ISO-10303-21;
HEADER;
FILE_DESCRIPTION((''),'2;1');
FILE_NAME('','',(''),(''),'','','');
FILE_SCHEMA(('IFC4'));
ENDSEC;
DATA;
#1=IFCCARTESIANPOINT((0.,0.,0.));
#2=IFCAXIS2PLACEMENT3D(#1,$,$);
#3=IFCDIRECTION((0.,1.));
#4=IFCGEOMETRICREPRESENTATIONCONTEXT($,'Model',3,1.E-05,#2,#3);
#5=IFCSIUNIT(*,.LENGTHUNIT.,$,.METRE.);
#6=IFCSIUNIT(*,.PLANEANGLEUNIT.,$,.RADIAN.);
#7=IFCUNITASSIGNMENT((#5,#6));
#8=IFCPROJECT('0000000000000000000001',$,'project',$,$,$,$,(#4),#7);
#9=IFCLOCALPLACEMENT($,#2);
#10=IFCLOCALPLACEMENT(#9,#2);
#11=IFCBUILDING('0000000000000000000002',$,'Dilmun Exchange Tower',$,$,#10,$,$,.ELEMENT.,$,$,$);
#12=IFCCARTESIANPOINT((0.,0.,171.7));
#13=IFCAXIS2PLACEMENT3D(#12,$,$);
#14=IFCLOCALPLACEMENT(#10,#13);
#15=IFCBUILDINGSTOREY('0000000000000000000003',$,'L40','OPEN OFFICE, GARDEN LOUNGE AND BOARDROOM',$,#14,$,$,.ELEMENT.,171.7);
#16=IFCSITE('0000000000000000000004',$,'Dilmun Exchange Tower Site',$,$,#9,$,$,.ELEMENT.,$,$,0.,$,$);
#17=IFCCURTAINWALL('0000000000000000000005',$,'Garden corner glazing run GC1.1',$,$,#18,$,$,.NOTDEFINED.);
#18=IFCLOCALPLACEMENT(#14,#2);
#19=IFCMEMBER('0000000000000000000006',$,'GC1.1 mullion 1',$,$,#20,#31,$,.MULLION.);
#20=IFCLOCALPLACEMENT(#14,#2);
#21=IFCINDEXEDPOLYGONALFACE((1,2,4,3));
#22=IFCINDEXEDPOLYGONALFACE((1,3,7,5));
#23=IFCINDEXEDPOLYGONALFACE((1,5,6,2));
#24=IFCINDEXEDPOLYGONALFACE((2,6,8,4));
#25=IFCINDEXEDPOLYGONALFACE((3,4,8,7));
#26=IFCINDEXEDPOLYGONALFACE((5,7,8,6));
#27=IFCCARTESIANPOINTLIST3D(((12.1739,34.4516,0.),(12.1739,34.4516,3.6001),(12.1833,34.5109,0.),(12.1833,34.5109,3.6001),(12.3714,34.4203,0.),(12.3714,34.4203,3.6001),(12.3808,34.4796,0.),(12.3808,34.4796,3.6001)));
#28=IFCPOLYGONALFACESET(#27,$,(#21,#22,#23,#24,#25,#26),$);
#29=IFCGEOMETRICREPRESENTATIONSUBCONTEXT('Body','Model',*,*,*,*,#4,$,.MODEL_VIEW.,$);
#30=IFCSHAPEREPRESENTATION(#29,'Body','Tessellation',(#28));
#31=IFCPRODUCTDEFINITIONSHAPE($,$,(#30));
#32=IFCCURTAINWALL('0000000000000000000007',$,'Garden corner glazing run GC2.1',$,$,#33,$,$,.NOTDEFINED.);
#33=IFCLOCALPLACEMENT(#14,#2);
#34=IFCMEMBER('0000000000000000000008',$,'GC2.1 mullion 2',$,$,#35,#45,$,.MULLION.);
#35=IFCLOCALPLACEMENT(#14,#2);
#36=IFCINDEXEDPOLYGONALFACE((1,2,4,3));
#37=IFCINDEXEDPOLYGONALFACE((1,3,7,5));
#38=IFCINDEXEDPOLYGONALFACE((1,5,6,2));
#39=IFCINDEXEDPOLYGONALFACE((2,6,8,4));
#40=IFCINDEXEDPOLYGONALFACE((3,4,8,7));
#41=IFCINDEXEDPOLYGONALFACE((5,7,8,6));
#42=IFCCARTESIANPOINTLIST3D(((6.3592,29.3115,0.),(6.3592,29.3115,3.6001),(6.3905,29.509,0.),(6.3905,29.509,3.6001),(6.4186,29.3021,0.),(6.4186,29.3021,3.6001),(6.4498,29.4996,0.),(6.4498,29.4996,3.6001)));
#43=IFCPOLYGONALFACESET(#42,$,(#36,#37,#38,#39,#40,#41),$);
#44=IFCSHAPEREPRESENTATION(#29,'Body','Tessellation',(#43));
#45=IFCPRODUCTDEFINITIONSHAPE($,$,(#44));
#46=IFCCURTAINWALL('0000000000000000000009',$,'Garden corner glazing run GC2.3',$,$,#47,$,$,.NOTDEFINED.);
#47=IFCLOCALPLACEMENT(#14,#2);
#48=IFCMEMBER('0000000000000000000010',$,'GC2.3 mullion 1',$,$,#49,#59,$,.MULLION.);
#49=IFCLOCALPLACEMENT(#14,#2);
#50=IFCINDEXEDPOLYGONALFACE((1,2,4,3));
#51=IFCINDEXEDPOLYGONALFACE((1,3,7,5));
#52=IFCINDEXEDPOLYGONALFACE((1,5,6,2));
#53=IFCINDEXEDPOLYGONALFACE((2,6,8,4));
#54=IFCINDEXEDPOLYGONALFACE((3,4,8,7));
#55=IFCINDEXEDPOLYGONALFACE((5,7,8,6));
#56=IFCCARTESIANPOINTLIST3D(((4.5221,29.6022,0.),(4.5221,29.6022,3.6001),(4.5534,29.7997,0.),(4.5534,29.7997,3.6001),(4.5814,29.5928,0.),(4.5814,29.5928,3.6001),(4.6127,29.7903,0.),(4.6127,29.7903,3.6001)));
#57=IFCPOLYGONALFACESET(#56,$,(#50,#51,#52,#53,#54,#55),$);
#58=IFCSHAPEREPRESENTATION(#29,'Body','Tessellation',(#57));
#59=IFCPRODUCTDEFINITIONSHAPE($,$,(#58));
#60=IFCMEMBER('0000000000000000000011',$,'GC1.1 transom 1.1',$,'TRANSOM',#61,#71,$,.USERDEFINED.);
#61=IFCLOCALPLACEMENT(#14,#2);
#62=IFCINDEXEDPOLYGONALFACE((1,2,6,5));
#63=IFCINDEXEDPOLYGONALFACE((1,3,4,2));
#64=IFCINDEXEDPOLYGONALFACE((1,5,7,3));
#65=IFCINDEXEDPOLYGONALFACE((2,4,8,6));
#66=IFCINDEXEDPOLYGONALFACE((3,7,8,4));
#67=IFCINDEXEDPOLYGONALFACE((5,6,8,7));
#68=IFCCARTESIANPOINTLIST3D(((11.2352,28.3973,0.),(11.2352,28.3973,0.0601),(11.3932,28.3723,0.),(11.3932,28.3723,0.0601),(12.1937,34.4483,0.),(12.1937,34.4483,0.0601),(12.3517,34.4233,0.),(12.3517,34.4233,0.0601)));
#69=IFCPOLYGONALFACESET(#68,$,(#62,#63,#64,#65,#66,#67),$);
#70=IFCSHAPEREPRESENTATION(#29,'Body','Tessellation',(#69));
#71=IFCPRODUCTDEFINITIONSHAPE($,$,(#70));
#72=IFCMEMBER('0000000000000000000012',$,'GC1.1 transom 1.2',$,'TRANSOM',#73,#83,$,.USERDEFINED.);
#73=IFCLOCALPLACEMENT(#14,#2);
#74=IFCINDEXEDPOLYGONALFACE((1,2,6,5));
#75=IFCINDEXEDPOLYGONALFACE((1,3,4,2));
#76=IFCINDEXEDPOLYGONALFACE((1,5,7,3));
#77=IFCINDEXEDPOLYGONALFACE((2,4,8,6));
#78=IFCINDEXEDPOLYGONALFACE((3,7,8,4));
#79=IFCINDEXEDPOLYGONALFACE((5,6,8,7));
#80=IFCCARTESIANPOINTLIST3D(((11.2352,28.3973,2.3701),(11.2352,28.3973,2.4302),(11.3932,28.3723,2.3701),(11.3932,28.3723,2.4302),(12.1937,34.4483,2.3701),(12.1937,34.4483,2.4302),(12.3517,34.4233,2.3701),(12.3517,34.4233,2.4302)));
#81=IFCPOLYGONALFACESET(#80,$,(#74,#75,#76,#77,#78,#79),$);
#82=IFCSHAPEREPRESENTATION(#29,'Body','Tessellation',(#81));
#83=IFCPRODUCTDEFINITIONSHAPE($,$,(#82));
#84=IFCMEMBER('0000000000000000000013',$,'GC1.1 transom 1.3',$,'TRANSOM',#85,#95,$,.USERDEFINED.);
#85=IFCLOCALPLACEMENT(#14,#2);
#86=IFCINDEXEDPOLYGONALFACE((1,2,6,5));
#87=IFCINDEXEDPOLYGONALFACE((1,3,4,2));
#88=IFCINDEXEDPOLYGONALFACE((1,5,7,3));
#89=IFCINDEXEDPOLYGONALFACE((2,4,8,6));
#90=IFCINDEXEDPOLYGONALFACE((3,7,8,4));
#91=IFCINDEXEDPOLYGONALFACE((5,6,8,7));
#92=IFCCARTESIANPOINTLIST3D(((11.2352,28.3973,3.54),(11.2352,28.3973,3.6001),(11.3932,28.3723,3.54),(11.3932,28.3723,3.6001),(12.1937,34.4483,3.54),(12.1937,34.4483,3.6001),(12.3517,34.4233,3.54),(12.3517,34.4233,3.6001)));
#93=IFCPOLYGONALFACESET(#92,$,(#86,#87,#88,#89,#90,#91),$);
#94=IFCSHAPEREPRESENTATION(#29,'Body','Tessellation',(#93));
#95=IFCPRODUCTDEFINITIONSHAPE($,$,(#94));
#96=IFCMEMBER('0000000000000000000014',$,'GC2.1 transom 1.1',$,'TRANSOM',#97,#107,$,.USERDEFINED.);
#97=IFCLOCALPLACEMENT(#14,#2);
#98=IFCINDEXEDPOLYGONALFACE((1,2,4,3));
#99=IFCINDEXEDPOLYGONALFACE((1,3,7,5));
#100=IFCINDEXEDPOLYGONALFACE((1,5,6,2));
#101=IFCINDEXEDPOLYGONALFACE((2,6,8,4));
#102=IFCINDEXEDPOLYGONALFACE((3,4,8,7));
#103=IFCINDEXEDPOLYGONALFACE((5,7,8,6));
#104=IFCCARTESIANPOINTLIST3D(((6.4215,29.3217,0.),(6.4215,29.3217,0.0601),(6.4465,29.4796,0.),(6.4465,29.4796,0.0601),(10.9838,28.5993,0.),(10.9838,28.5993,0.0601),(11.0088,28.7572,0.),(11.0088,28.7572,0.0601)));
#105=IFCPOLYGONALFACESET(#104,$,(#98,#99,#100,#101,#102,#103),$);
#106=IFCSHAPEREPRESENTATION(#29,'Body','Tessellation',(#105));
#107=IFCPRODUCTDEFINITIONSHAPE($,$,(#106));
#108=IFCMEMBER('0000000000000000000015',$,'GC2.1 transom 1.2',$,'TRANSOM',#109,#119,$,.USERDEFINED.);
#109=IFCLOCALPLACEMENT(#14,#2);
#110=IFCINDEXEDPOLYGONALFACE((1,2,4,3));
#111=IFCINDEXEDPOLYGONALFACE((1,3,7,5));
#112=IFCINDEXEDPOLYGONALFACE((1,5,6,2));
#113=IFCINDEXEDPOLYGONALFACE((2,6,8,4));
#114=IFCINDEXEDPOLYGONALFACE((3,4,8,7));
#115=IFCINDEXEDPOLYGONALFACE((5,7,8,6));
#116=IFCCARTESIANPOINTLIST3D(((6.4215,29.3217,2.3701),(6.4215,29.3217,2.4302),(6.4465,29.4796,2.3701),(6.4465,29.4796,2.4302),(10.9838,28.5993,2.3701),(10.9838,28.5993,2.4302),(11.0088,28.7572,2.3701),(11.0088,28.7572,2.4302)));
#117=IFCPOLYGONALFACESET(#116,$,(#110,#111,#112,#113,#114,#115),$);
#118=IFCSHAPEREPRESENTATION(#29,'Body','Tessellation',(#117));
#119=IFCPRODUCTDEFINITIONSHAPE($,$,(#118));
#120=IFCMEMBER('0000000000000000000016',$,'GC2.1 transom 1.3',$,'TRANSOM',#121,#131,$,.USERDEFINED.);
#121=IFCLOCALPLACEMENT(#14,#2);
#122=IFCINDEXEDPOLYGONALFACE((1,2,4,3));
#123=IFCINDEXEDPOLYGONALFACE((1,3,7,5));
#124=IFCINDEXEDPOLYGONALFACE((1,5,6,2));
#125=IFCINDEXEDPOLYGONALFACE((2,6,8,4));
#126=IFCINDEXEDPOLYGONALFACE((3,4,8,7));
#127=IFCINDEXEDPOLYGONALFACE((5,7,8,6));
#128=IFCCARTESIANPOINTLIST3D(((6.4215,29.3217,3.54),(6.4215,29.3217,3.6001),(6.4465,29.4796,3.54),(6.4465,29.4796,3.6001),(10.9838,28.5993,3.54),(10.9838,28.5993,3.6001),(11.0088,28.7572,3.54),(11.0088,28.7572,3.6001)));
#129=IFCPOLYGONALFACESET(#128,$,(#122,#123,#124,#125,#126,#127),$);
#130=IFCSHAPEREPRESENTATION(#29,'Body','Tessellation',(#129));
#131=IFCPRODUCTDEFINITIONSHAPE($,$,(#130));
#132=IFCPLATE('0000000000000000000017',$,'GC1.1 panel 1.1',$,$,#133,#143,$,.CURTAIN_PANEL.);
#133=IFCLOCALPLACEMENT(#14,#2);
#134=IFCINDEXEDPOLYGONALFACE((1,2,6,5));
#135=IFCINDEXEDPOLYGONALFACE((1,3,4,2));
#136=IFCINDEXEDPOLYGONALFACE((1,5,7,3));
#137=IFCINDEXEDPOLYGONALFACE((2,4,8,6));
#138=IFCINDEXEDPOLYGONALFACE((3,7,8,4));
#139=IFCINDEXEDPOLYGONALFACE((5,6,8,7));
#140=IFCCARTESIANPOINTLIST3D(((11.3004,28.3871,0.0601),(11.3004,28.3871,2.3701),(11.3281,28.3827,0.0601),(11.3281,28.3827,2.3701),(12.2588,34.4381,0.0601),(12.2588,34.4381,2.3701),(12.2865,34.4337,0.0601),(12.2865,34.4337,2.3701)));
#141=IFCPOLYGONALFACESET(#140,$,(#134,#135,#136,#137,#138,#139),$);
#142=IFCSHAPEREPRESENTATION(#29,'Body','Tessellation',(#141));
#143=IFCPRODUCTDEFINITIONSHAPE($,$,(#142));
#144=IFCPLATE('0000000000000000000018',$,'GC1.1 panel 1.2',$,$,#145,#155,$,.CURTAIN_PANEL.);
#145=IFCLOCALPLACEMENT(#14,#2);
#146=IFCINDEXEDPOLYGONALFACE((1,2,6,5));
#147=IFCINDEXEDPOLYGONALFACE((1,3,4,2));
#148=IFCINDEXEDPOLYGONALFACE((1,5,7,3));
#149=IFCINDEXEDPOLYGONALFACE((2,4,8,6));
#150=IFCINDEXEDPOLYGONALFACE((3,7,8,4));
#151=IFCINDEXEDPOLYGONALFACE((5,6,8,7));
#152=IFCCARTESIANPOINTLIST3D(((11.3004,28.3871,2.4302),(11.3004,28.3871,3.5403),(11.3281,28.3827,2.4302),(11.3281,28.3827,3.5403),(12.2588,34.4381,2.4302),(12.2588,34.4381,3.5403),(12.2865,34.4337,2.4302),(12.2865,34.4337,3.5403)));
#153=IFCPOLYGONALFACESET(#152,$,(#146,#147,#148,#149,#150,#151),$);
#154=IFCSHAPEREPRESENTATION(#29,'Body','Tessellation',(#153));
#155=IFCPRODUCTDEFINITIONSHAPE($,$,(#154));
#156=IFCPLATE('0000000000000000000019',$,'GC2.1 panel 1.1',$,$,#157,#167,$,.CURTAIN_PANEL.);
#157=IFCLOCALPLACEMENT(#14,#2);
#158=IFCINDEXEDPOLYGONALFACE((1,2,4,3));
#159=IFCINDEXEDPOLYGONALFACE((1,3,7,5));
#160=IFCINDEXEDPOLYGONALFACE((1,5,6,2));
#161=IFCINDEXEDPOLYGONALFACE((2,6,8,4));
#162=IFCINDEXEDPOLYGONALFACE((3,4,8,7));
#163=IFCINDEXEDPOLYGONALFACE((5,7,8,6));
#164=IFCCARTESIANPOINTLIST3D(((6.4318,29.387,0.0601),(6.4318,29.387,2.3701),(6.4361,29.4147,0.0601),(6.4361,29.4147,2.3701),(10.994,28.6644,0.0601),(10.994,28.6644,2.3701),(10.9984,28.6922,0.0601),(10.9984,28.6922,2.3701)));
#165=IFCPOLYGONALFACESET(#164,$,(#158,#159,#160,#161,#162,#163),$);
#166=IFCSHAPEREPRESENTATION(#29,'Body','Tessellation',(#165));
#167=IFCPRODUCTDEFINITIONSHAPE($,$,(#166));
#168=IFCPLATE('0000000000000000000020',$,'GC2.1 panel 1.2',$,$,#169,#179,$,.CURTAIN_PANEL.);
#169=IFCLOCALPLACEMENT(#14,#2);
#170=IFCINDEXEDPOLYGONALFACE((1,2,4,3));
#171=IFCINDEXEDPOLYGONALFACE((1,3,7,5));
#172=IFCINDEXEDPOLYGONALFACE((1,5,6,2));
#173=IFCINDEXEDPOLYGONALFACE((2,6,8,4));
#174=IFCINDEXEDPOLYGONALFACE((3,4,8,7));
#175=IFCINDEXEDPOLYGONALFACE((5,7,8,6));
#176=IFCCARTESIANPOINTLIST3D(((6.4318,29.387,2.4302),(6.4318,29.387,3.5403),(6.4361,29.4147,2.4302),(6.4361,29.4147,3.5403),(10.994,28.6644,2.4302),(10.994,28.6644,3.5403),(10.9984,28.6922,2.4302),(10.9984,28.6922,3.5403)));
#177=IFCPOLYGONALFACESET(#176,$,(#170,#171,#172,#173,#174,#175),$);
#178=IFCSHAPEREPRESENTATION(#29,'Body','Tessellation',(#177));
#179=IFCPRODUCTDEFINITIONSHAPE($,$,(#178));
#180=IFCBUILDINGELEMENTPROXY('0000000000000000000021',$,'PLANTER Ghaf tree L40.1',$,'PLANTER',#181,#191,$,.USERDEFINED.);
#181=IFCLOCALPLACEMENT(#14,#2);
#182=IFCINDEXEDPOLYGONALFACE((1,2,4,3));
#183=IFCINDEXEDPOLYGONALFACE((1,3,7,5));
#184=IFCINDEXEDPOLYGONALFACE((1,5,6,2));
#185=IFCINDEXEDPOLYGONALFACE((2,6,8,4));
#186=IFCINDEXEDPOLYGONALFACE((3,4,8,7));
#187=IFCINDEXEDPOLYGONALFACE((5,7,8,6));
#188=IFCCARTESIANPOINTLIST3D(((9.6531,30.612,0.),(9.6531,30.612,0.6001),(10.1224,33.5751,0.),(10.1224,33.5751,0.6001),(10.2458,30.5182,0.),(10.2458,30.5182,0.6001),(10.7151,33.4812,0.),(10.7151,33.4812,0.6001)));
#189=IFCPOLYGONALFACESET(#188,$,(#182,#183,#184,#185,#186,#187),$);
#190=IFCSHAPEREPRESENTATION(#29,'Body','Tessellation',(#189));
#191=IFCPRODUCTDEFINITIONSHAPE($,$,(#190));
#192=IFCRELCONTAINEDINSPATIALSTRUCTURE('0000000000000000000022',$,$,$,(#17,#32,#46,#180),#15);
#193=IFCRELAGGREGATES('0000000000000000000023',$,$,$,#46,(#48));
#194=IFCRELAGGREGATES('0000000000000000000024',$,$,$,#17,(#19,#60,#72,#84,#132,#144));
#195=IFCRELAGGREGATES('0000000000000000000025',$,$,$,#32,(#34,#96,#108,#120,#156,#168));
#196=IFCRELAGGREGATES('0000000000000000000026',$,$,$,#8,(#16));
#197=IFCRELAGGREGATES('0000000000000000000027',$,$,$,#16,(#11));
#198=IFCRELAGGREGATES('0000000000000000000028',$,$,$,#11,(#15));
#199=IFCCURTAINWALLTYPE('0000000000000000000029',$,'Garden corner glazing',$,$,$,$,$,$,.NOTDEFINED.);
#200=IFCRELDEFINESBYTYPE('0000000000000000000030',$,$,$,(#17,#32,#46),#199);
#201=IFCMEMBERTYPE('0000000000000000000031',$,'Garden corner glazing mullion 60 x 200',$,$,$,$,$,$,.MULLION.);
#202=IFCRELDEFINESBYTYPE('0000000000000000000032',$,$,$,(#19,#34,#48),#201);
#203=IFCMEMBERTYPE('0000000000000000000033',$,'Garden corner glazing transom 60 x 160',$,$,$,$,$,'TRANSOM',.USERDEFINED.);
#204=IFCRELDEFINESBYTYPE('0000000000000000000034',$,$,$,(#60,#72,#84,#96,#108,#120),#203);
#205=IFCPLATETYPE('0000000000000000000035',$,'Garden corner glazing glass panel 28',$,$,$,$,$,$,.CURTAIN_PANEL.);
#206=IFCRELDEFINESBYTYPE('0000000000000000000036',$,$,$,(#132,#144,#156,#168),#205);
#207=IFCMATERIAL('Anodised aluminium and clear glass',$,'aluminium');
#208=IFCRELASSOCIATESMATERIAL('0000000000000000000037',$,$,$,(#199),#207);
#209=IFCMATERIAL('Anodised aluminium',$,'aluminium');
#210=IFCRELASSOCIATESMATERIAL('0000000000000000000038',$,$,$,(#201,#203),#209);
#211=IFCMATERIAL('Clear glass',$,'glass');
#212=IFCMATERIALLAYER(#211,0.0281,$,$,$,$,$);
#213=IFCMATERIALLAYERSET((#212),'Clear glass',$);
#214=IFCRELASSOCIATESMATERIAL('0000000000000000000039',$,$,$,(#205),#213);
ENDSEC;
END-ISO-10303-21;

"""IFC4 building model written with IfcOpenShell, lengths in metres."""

from ifc_helpers import new_model, si_unit, direction, frame, origin, origin_2d, place, context, subcontext, project, spatial, rectangle, extrude, material, layer, layer_set, material_profile, profile_set, type_object, element, aggregate, save


model = new_model("IFC4")

# Units and contexts
model_context = context("Model", 3, precision=1e-05, world=origin(), true_north=direction((0.0, 1.0)))
body_context = subcontext(model_context, "Body", "Model", "MODEL_VIEW")
ifc_project = project(units=[si_unit("LENGTHUNIT", "METRE"), si_unit("PLANEANGLEUNIT", "RADIAN")], contexts=[model_context])

# Site, building, storey
site_placement = place(None, origin())
site = spatial("IfcSite", under=ifc_project, at=site_placement, Name="Dilmun Exchange Tower Site", CompositionType="ELEMENT", RefElevation=0.0)
building_placement = place(site_placement, origin())
building = spatial("IfcBuilding", under=site, at=building_placement, Name="Dilmun Exchange Tower", CompositionType="ELEMENT")
storey_placement = place(building_placement, frame((0.0, 0.0, 171.7)))
storey = spatial("IfcBuildingStorey", under=building, at=storey_placement, Name="L40", Description="OPEN OFFICE, GARDEN LOUNGE AND BOARDROOM", CompositionType="ELEMENT", Elevation=171.7)

# Curtain walls, members
ifc_material_1 = material(Name="Anodised aluminium and clear glass", Category="aluminium")
curtain_wall_type = type_object("IfcCurtainWallType", Name="Garden corner glazing", PredefinedType="NOTDEFINED", material=ifc_material_1)
curtain_wall_1_placement = place(storey_placement, origin())
curtain_wall_1 = element("IfcCurtainWall", 1, at=curtain_wall_1_placement, inside=storey, type_object=curtain_wall_type, Name="Garden corner glazing run GC1.1", PredefinedType="NOTDEFINED")
ifc_material_2 = material(Name="Anodised aluminium", Category="aluminium")
ifc_material_profile_1 = material_profile(ifc_material_2, rectangle(XDim=0.2, YDim=0.0601, at=origin_2d()), Name="AL 60x200")
ifc_profile_set_1 = profile_set([ifc_material_profile_1], Name="Anodised aluminium")
member_type_1 = type_object("IfcMemberType", Name="Garden corner glazing mullion 60 x 200", PredefinedType="MULLION", material=ifc_profile_set_1)
member_1_placement = place(storey_placement, frame((12.2773, 34.4656, 0.0), z_axis=(0.0, 0.0, 1.0), x_axis=(0.987688, -0.156439, 0.0)))
member_1 = element("IfcMember", 2, at=member_1_placement, type_object=member_type_1, Name="GC1.1 mullion 1", PredefinedType="MULLION", context=body_context, shape_type="SweptSolid", body=[
    extrude(rectangle(XDim=0.2, YDim=0.0601, at=origin_2d()), origin(), (0.0, 0.0, 1.0), 3.6001),
])
curtain_wall_2_placement = place(storey_placement, origin())
curtain_wall_2 = element("IfcCurtainWall", 3, at=curtain_wall_2_placement, inside=storey, type_object=curtain_wall_type, Name="Garden corner glazing run GC2.1", PredefinedType="NOTDEFINED")
member_2_placement = place(storey_placement, frame((6.4045, 29.4055, 0.0), z_axis=(0.0, 0.0, 1.0), x_axis=(-0.156421, -0.98769, 0.0)))
member_2 = element("IfcMember", 4, at=member_2_placement, type_object=member_type_1, Name="GC2.1 mullion 2", PredefinedType="MULLION", context=body_context, shape_type="SweptSolid", body=[
    extrude(rectangle(XDim=0.2, YDim=0.0601, at=origin_2d()), origin(), (0.0, 0.0, 1.0), 3.6001),
])
curtain_wall_3_placement = place(storey_placement, origin())
curtain_wall_3 = element("IfcCurtainWall", 5, at=curtain_wall_3_placement, inside=storey, type_object=curtain_wall_type, Name="Garden corner glazing run GC2.3", PredefinedType="NOTDEFINED")
member_3_placement = place(storey_placement, frame((4.5674, 29.6963, 0.0), z_axis=(0.0, 0.0, 1.0), x_axis=(-0.156489, -0.98768, 0.0)))
member_3 = element("IfcMember", 6, at=member_3_placement, type_object=member_type_1, Name="GC2.3 mullion 1", PredefinedType="MULLION", context=body_context, shape_type="SweptSolid", body=[
    extrude(rectangle(XDim=0.2, YDim=0.0601, at=origin_2d()), origin(), (0.0, 0.0, 1.0), 3.6001),
])
aggregate(curtain_wall_3, [member_3])

# Members
ifc_material_profile_2 = material_profile(ifc_material_2, rectangle(XDim=0.1599, YDim=0.0601, at=origin_2d()), Name="AL 60x160")
ifc_profile_set_2 = profile_set([ifc_material_profile_2], Name="Anodised aluminium")
member_type_2 = type_object("IfcMemberType", Name="Garden corner glazing transom 60 x 160", ElementType="TRANSOM", PredefinedType="USERDEFINED", material=ifc_profile_set_2)
member_4_placement = place(storey_placement, frame((12.2727, 34.4358, 0.03), z_axis=(-0.156452, -0.987686, 0.0), x_axis=(0.987686, -0.156452, 0.0)))
member_4 = element("IfcMember", 7, at=member_4_placement, type_object=member_type_2, Name="GC1.1 transom 1.1", ObjectType="TRANSOM", PredefinedType="USERDEFINED", context=body_context, shape_type="SweptSolid", body=[
    extrude(rectangle(XDim=0.1599, YDim=0.0601, at=origin_2d()), origin(), (0.0, 0.0, 1.0), 6.1265),
])
member_5_placement = place(storey_placement, frame((12.2727, 34.4358, 2.4001), z_axis=(-0.156452, -0.987686, 0.0), x_axis=(0.987686, -0.156452, 0.0)))
member_5 = element("IfcMember", 8, at=member_5_placement, type_object=member_type_2, Name="GC1.1 transom 1.2", ObjectType="TRANSOM", PredefinedType="USERDEFINED", context=body_context, shape_type="SweptSolid", body=[
    extrude(rectangle(XDim=0.1599, YDim=0.0601, at=origin_2d()), origin(), (0.0, 0.0, 1.0), 6.1265),
])
member_6_placement = place(storey_placement, frame((12.2727, 34.4358, 3.5701), z_axis=(-0.156452, -0.987686, 0.0), x_axis=(0.987686, -0.156452, 0.0)))
member_6 = element("IfcMember", 9, at=member_6_placement, type_object=member_type_2, Name="GC1.1 transom 1.3", ObjectType="TRANSOM", PredefinedType="USERDEFINED", context=body_context, shape_type="SweptSolid", body=[
    extrude(rectangle(XDim=0.1599, YDim=0.0601, at=origin_2d()), origin(), (0.0, 0.0, 1.0), 6.1265),
])
member_7_placement = place(storey_placement, frame((10.9963, 28.6782, 0.03), z_axis=(-0.987694, 0.156397, 0.0), x_axis=(-0.156397, -0.987694, 0.0)))
member_7 = element("IfcMember", 10, at=member_7_placement, type_object=member_type_2, Name="GC2.1 transom 1.1", ObjectType="TRANSOM", PredefinedType="USERDEFINED", context=body_context, shape_type="SweptSolid", body=[
    extrude(rectangle(XDim=0.1599, YDim=0.0601, at=origin_2d()), origin(), (0.0, 0.0, 1.0), 4.6191),
])
member_8_placement = place(storey_placement, frame((10.9963, 28.6782, 2.4001), z_axis=(-0.987694, 0.156397, 0.0), x_axis=(-0.156397, -0.987694, 0.0)))
member_8 = element("IfcMember", 11, at=member_8_placement, type_object=member_type_2, Name="GC2.1 transom 1.2", ObjectType="TRANSOM", PredefinedType="USERDEFINED", context=body_context, shape_type="SweptSolid", body=[
    extrude(rectangle(XDim=0.1599, YDim=0.0601, at=origin_2d()), origin(), (0.0, 0.0, 1.0), 4.6191),
])
member_9_placement = place(storey_placement, frame((10.9963, 28.6782, 3.5701), z_axis=(-0.987694, 0.156397, 0.0), x_axis=(-0.156397, -0.987694, 0.0)))
member_9 = element("IfcMember", 12, at=member_9_placement, type_object=member_type_2, Name="GC2.1 transom 1.3", ObjectType="TRANSOM", PredefinedType="USERDEFINED", context=body_context, shape_type="SweptSolid", body=[
    extrude(rectangle(XDim=0.1599, YDim=0.0601, at=origin_2d()), origin(), (0.0, 0.0, 1.0), 4.6191),
])

# Plates
ifc_material_3 = material(Name="Clear glass", Category="glass")
ifc_layer_1 = layer(ifc_material_3, 0.0281)
ifc_layer_set_1 = layer_set([ifc_layer_1], Name="Clear glass")
plate_type = type_object("IfcPlateType", Name="Garden corner glazing glass panel 28", PredefinedType="CURTAIN_PANEL", material=ifc_layer_set_1)
plate_1_placement = place(storey_placement, frame((11.7935, 31.4104, 0.0601), z_axis=(0.0, 0.0, 1.0), x_axis=(-0.156439, -0.987688, 0.0)))
plate_1 = element("IfcPlate", 13, at=plate_1_placement, type_object=plate_type, Name="GC1.1 panel 1.1", PredefinedType="CURTAIN_PANEL", context=body_context, shape_type="SweptSolid", body=[
    extrude(rectangle(XDim=6.1265, YDim=0.0281, at=origin_2d()), origin(), (0.0, 0.0, 1.0), 2.3101),
])
plate_2_placement = place(storey_placement, frame((11.7935, 31.4104, 2.4302), z_axis=(0.0, 0.0, 1.0), x_axis=(-0.156439, -0.987688, 0.0)))
plate_2 = element("IfcPlate", 14, at=plate_2_placement, type_object=plate_type, Name="GC1.1 panel 1.2", PredefinedType="CURTAIN_PANEL", context=body_context, shape_type="SweptSolid", body=[
    extrude(rectangle(XDim=6.1265, YDim=0.0281, at=origin_2d()), origin(), (0.0, 0.0, 1.0), 1.1101),
])
aggregate(curtain_wall_1, [member_1, member_4, member_5, member_6, plate_1, plate_2])
plate_3_placement = place(storey_placement, frame((8.7151, 29.0396, 0.0601), z_axis=(0.0, 0.0, 1.0), x_axis=(-0.98769, 0.156421, 0.0)))
plate_3 = element("IfcPlate", 15, at=plate_3_placement, type_object=plate_type, Name="GC2.1 panel 1.1", PredefinedType="CURTAIN_PANEL", context=body_context, shape_type="SweptSolid", body=[
    extrude(rectangle(XDim=4.6191, YDim=0.0281, at=origin_2d()), origin(), (0.0, 0.0, 1.0), 2.3101),
])
plate_4_placement = place(storey_placement, frame((8.7151, 29.0396, 2.4302), z_axis=(0.0, 0.0, 1.0), x_axis=(-0.98769, 0.156421, 0.0)))
plate_4 = element("IfcPlate", 16, at=plate_4_placement, type_object=plate_type, Name="GC2.1 panel 1.2", PredefinedType="CURTAIN_PANEL", context=body_context, shape_type="SweptSolid", body=[
    extrude(rectangle(XDim=4.6191, YDim=0.0281, at=origin_2d()), origin(), (0.0, 0.0, 1.0), 1.1101),
])
aggregate(curtain_wall_2, [member_2, member_7, member_8, member_9, plate_3, plate_4])

# Building element proxy
for number, where, z_axis, x_axis, name in (
    (17, (10.1841, 32.0466, 0.0), (0.0, 0.0, 1.0), (0.156434, 0.987688, 0.0), "PLANTER Ghaf tree L40.1"),
):
    element("IfcBuildingElementProxy", number, at=place(storey_placement, frame(where, z_axis=z_axis, x_axis=x_axis)), inside=storey, Name=name, ObjectType="PLANTER", PredefinedType="USERDEFINED", context=body_context, shape_type="SweptSolid", body=[
        extrude(rectangle(XDim=3.0, YDim=0.6001, at=origin_2d()), origin(), (0.0, 0.0, 1.0), 0.6001),
    ])

save(model, "model.ifc")
